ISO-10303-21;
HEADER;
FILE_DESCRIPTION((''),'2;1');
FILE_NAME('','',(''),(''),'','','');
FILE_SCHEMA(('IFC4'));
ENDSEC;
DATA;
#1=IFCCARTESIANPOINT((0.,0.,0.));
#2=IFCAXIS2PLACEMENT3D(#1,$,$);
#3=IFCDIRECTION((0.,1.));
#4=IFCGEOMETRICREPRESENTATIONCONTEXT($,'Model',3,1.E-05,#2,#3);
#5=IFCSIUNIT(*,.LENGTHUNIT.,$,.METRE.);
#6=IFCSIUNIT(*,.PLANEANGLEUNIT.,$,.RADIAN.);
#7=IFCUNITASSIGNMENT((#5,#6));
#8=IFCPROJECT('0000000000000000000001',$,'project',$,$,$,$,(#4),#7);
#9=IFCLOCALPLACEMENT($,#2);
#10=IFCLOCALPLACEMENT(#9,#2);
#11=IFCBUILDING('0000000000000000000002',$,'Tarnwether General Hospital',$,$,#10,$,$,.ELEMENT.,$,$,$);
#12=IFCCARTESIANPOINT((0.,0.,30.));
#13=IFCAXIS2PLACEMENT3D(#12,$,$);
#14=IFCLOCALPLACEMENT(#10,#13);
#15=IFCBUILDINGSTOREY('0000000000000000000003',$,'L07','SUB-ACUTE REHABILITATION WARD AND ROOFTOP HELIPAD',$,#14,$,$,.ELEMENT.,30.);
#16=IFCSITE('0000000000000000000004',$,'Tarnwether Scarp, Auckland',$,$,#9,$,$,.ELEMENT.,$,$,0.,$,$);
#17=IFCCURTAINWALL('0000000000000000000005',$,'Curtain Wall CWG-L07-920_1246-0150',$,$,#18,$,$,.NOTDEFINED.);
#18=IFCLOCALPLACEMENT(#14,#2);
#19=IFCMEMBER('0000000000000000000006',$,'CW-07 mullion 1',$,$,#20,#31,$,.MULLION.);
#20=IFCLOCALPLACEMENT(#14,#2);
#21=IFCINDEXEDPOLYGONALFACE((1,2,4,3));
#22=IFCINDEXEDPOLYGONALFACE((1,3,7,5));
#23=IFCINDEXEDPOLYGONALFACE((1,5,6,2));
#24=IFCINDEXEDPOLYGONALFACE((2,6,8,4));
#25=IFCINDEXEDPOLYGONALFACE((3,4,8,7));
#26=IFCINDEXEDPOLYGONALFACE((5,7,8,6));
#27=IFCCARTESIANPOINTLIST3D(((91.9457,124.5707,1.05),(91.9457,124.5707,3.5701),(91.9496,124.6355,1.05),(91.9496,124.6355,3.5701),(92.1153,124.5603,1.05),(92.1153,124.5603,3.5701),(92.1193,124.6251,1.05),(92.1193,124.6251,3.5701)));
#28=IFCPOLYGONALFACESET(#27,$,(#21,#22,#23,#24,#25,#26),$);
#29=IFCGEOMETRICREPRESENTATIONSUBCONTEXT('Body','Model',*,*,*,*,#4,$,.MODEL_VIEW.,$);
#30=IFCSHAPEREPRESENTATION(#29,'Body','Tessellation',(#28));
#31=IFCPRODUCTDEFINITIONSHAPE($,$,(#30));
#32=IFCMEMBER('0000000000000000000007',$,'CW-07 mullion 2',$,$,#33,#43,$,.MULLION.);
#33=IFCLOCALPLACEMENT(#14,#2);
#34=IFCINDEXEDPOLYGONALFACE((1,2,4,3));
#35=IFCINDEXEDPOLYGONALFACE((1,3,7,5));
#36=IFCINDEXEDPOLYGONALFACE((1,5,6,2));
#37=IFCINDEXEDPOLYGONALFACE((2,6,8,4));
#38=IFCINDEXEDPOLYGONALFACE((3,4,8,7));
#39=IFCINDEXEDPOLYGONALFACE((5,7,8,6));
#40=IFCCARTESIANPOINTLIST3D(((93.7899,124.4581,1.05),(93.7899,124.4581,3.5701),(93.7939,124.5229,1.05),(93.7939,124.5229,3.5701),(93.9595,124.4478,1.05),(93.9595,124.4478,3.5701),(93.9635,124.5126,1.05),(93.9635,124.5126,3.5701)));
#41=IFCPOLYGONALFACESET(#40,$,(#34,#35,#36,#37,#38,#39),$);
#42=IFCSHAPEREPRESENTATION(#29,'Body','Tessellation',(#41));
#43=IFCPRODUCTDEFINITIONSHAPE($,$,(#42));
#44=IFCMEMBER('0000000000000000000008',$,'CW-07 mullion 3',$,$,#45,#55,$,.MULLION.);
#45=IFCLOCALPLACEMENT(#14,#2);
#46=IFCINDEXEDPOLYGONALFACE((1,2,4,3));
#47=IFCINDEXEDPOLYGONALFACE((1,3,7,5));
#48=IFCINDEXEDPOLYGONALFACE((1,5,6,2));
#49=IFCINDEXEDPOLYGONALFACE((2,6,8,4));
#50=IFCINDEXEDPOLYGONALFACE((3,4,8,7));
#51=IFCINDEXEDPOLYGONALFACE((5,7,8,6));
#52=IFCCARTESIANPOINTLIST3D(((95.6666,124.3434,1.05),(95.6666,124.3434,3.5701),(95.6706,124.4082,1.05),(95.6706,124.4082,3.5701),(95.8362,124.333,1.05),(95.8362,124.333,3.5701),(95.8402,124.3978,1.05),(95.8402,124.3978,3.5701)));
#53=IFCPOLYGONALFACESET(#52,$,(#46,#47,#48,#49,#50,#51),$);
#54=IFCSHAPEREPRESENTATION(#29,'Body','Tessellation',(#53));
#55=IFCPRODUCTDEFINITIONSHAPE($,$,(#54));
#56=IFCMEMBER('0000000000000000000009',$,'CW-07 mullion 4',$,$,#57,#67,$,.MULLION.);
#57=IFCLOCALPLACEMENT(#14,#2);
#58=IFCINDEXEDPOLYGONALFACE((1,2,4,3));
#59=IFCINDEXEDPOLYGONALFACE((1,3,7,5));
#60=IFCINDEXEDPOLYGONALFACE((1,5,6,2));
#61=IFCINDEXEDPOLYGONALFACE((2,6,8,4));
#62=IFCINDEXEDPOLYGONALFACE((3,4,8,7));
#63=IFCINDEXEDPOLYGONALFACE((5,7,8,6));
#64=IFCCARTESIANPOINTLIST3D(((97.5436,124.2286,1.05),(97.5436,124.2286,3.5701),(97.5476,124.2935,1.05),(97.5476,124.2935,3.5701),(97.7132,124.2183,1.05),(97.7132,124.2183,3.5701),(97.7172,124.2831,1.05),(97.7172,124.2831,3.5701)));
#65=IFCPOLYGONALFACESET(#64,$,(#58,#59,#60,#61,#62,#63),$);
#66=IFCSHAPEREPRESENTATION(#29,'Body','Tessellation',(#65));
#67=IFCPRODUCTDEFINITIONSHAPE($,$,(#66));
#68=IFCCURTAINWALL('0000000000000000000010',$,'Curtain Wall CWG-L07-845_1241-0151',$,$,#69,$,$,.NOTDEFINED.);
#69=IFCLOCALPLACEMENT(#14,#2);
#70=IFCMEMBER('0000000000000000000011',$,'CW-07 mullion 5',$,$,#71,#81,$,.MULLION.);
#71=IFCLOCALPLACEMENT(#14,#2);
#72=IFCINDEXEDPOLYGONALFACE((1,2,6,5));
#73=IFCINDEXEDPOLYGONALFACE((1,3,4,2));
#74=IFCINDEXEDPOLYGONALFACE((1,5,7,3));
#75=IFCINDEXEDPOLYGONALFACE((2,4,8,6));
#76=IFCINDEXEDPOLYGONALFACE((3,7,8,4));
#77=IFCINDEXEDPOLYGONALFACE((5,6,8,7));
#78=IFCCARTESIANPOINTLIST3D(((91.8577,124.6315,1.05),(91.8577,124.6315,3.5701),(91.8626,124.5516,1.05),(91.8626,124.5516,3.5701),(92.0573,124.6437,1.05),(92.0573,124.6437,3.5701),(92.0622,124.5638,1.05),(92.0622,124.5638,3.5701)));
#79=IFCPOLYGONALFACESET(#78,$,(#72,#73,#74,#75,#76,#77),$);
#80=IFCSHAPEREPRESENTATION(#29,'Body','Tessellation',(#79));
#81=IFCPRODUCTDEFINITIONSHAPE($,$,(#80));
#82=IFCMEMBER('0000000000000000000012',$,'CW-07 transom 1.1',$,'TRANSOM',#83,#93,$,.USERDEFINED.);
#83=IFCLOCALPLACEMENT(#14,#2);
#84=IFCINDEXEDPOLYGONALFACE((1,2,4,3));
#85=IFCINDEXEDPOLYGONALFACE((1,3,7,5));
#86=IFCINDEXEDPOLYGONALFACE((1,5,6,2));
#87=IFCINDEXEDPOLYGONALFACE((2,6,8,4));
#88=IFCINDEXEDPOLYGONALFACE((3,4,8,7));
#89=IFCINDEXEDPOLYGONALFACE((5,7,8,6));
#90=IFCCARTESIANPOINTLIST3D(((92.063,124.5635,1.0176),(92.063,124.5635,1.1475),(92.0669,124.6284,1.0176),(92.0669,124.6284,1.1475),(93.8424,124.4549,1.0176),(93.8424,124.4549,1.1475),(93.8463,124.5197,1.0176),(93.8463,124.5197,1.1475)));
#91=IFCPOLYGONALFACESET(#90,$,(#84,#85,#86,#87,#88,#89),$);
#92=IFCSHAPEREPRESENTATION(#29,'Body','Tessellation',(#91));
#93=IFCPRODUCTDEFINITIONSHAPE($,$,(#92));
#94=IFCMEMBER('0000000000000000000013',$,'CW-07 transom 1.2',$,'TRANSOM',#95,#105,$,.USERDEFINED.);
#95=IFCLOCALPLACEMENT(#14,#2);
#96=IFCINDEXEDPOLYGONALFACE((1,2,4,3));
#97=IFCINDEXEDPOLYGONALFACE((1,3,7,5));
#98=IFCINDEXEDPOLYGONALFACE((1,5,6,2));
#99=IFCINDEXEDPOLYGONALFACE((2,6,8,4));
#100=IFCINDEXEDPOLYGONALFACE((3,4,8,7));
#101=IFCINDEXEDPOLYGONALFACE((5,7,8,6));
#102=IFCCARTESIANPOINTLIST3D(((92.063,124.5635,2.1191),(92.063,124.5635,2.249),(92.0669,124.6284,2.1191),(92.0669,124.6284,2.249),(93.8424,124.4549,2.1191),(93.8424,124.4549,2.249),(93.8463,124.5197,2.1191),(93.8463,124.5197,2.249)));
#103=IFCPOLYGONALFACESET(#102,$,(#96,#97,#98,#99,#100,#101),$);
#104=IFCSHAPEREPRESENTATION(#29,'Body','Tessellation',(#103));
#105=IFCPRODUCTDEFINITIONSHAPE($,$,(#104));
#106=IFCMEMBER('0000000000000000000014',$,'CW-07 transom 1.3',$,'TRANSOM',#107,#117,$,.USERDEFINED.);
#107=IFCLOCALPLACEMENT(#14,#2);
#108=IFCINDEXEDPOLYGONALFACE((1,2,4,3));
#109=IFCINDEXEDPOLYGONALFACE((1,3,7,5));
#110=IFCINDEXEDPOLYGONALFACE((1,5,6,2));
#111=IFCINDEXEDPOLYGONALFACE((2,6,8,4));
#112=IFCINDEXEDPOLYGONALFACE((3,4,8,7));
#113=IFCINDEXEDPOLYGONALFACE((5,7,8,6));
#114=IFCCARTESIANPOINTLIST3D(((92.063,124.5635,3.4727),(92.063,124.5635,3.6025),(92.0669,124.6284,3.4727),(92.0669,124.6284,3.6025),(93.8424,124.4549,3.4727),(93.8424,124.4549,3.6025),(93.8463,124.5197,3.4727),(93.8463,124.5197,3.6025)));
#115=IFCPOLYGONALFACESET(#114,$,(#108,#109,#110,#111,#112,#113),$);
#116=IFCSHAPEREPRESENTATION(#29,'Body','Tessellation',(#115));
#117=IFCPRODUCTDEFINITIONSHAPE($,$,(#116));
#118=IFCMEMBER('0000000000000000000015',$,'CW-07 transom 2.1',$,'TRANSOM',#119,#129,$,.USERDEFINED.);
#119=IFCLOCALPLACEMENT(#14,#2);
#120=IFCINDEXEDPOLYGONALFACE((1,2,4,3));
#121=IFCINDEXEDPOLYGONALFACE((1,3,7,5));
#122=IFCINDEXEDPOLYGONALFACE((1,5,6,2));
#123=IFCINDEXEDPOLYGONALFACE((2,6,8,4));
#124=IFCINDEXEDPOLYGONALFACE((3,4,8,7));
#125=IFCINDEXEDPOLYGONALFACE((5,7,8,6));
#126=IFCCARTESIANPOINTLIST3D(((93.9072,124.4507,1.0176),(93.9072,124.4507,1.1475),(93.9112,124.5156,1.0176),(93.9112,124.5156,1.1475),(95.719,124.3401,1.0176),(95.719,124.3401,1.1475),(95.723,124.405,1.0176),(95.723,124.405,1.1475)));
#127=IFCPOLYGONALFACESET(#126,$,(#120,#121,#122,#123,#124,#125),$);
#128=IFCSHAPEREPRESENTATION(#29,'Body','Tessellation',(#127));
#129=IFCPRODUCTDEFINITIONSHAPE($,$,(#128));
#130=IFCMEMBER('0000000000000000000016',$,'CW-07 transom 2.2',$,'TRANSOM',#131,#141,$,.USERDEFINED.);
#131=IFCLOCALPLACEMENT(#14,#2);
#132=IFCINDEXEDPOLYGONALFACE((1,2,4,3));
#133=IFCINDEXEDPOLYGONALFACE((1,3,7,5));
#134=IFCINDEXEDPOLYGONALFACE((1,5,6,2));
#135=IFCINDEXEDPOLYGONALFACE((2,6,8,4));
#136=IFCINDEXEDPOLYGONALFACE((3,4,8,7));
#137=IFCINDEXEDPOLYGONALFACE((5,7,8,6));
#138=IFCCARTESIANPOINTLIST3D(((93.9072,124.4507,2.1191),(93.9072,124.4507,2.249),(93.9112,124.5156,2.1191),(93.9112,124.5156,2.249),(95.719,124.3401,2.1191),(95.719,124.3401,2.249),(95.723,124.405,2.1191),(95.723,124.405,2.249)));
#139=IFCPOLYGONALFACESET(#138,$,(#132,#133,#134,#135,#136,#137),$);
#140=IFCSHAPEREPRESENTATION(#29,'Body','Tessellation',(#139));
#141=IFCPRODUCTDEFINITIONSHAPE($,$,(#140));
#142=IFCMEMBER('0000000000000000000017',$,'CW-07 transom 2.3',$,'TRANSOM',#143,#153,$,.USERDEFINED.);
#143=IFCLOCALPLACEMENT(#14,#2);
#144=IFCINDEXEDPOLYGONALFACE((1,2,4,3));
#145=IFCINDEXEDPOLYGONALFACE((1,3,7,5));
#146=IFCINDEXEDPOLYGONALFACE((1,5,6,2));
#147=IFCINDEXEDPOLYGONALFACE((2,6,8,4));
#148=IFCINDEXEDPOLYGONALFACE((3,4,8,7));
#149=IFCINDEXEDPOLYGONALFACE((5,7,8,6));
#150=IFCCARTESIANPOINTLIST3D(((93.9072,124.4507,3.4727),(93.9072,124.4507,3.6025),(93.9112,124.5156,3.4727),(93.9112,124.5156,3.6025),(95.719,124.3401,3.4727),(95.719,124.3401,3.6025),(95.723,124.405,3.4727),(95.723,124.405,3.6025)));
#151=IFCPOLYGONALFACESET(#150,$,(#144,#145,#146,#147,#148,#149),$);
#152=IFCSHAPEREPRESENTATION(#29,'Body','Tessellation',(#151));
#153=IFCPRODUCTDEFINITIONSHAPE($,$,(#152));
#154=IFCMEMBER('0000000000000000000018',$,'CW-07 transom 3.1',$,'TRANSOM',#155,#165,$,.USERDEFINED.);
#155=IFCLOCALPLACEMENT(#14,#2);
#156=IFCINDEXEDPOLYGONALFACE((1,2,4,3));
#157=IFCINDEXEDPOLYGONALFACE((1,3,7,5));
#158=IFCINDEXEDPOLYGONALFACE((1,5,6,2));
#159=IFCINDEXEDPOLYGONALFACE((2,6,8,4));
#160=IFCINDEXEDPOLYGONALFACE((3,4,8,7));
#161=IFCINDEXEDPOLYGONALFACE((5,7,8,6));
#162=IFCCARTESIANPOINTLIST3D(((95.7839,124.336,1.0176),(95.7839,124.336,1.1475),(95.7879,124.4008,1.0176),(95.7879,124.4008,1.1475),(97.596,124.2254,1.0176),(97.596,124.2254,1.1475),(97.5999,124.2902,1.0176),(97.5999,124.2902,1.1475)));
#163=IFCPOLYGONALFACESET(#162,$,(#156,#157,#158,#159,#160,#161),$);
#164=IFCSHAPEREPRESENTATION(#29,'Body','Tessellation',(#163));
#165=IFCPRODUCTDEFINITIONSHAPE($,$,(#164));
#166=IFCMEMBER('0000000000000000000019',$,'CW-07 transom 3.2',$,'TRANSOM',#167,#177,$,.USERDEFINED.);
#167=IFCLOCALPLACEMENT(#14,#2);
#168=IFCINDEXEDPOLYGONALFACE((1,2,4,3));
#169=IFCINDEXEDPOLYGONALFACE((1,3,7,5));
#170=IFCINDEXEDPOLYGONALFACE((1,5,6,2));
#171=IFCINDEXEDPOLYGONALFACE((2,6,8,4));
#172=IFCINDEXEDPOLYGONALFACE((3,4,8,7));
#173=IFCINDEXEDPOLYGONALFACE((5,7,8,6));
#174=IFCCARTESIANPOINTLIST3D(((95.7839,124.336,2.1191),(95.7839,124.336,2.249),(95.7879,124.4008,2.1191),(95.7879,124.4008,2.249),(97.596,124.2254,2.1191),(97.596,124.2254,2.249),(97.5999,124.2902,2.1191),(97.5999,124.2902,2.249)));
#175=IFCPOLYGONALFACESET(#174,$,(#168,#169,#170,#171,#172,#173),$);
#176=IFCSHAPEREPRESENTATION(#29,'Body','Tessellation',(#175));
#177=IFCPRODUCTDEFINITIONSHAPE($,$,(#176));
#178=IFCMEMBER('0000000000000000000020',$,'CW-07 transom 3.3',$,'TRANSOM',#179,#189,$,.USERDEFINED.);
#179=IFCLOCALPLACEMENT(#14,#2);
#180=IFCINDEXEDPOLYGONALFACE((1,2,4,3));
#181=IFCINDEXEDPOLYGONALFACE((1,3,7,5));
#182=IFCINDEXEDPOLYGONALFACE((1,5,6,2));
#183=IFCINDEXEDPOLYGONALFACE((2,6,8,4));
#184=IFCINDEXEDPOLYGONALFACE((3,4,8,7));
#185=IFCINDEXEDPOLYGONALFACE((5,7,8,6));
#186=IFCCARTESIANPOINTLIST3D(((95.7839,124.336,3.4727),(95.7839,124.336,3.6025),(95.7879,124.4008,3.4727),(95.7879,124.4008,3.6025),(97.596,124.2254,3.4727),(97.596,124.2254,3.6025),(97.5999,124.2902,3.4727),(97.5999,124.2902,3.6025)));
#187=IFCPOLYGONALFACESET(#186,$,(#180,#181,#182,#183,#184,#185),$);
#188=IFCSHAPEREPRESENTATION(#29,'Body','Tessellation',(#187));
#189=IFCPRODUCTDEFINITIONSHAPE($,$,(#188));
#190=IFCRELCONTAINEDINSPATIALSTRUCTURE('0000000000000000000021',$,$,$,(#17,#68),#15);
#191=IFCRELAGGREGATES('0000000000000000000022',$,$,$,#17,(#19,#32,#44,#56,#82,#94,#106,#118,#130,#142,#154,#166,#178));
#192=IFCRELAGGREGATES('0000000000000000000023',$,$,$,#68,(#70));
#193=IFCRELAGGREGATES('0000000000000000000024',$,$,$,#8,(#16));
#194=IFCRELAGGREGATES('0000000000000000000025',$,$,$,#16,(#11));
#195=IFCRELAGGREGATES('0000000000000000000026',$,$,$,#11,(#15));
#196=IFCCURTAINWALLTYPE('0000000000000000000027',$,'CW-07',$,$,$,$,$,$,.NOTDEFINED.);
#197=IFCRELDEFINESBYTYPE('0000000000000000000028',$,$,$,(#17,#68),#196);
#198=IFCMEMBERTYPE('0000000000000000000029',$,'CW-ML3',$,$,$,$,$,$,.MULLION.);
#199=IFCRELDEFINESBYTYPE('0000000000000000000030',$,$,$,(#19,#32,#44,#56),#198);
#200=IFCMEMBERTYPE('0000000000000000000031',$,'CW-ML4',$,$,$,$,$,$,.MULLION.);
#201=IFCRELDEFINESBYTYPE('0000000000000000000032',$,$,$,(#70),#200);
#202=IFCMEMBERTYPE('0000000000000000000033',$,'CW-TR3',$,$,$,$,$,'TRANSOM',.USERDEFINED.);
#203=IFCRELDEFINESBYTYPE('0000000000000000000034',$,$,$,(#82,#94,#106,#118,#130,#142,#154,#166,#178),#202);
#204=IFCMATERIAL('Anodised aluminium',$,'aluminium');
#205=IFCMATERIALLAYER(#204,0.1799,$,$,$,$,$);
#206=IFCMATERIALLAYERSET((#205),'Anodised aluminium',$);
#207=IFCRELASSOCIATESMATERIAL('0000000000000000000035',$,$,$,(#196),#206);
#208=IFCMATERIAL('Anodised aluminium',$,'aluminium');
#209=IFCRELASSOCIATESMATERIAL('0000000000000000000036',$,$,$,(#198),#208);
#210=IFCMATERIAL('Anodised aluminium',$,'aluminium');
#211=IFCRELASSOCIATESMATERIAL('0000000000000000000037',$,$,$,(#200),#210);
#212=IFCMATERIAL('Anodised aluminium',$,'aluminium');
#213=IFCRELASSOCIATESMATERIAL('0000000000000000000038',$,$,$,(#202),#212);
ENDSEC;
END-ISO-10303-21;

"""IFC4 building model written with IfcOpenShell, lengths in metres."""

from ifc_helpers import new_model, si_unit, direction, frame, origin, origin_2d, place, context, subcontext, project, spatial, rectangle, extrude, material, layer, layer_set, material_profile, profile_set, type_object, element, aggregate, save


model = new_model("IFC4")

# Units and contexts
model_context = context("Model", 3, precision=1e-05, world=origin(), true_north=direction((0.0, 1.0)))
body_context = subcontext(model_context, "Body", "Model", "MODEL_VIEW")
ifc_project = project(units=[si_unit("LENGTHUNIT", "METRE"), si_unit("PLANEANGLEUNIT", "RADIAN")], contexts=[model_context])

# Site, building, storey
site_placement = place(None, origin())
site = spatial("IfcSite", under=ifc_project, at=site_placement, Name="Tarnwether Scarp, Auckland", CompositionType="ELEMENT", RefElevation=0.0)
building_placement = place(site_placement, origin())
building = spatial("IfcBuilding", under=site, at=building_placement, Name="Tarnwether General Hospital", CompositionType="ELEMENT")
storey_placement = place(building_placement, frame((0.0, 0.0, 30.0)))
storey = spatial("IfcBuildingStorey", under=building, at=storey_placement, Name="L07", Description="SUB-ACUTE REHABILITATION WARD AND ROOFTOP HELIPAD", CompositionType="ELEMENT", Elevation=30.0)

# Curtain wall, members
ifc_material_1 = material(Name="Anodised aluminium", Category="aluminium")
ifc_layer_1 = layer(ifc_material_1, 0.1799)
ifc_layer_set_1 = layer_set([ifc_layer_1], Name="Anodised aluminium")
curtain_wall_type = type_object("IfcCurtainWallType", Name="CW-07", PredefinedType="NOTDEFINED", material=ifc_layer_set_1)
curtain_wall_1_placement = place(storey_placement, origin())
curtain_wall_1 = element("IfcCurtainWall", 1, at=curtain_wall_1_placement, inside=storey, type_object=curtain_wall_type, Name="Curtain Wall CWG-L07-920_1246-0150", PredefinedType="NOTDEFINED")
ifc_material_2 = material(Name="Anodised aluminium", Category="aluminium")
ifc_material_profile_1 = material_profile(ifc_material_2, rectangle(XDim=0.0649, YDim=0.1699, at=origin_2d()), Name="ALU-MUL-65x170")
ifc_profile_set_1 = profile_set([ifc_material_profile_1], Name="Anodised aluminium")
member_type_1 = type_object("IfcMemberType", Name="CW-ML3", PredefinedType="MULLION", material=ifc_profile_set_1)
member_1_placement = place(storey_placement, frame((92.0325, 124.5979, 1.05), z_axis=(0.0, 0.0, 1.0), x_axis=(0.061029, 0.998136, 0.0)))
member_1 = element("IfcMember", 2, at=member_1_placement, type_object=member_type_1, Name="CW-07 mullion 1", PredefinedType="MULLION", context=body_context, shape_type="SweptSolid", body=[
    extrude(rectangle(XDim=0.0649, YDim=0.1699, at=origin_2d()), origin(), (0.0, 0.0, 1.0), 2.52),
])
member_2_placement = place(storey_placement, frame((93.8767, 124.4854, 1.05), z_axis=(0.0, 0.0, 1.0), x_axis=(0.061029, 0.998136, 0.0)))
member_2 = element("IfcMember", 3, at=member_2_placement, type_object=member_type_1, Name="CW-07 mullion 2", PredefinedType="MULLION", context=body_context, shape_type="SweptSolid", body=[
    extrude(rectangle(XDim=0.0649, YDim=0.1699, at=origin_2d()), origin(), (0.0, 0.0, 1.0), 2.52),
])
member_3_placement = place(storey_placement, frame((95.7534, 124.3706, 1.05), z_axis=(0.0, 0.0, 1.0), x_axis=(0.061029, 0.998136, 0.0)))
member_3 = element("IfcMember", 4, at=member_3_placement, type_object=member_type_1, Name="CW-07 mullion 3", PredefinedType="MULLION", context=body_context, shape_type="SweptSolid", body=[
    extrude(rectangle(XDim=0.0649, YDim=0.1699, at=origin_2d()), origin(), (0.0, 0.0, 1.0), 2.52),
])
member_4_placement = place(storey_placement, frame((97.6304, 124.2559, 1.05), z_axis=(0.0, 0.0, 1.0), x_axis=(0.061029, 0.998136, 0.0)))
member_4 = element("IfcMember", 5, at=member_4_placement, type_object=member_type_1, Name="CW-07 mullion 4", PredefinedType="MULLION", context=body_context, shape_type="SweptSolid", body=[
    extrude(rectangle(XDim=0.0649, YDim=0.1699, at=origin_2d()), origin(), (0.0, 0.0, 1.0), 2.52),
])

# Curtain wall, member
curtain_wall_2_placement = place(storey_placement, origin())
curtain_wall_2 = element("IfcCurtainWall", 6, at=curtain_wall_2_placement, inside=storey, type_object=curtain_wall_type, Name="Curtain Wall CWG-L07-845_1241-0151", PredefinedType="NOTDEFINED")
ifc_material_3 = material(Name="Anodised aluminium", Category="aluminium")
ifc_material_profile_2 = material_profile(ifc_material_3, rectangle(XDim=0.0801, YDim=0.2, at=origin_2d()), Name="ALU-MUL-80x200")
ifc_profile_set_2 = profile_set([ifc_material_profile_2], Name="Anodised aluminium")
member_type_2 = type_object("IfcMemberType", Name="CW-ML4", PredefinedType="MULLION", material=ifc_profile_set_2)
member_5_placement = place(storey_placement, frame((91.96, 124.5977, 1.05), z_axis=(0.0, 0.0, 1.0), x_axis=(-0.061029, 0.998136, 0.0)))
member_5 = element("IfcMember", 7, at=member_5_placement, type_object=member_type_2, Name="CW-07 mullion 5", PredefinedType="MULLION", context=body_context, shape_type="SweptSolid", body=[
    extrude(rectangle(XDim=0.0801, YDim=0.2, at=origin_2d()), origin(), (0.0, 0.0, 1.0), 2.52),
])

# Members
ifc_material_4 = material(Name="Anodised aluminium", Category="aluminium")
ifc_material_profile_3 = material_profile(ifc_material_4, rectangle(XDim=0.0649, YDim=0.1299, at=origin_2d()), Name="ALU-TRN-65x130")
ifc_profile_set_3 = profile_set([ifc_material_profile_3], Name="Anodised aluminium")
member_type_3 = type_object("IfcMemberType", Name="CW-TR3", ElementType="TRANSOM", PredefinedType="USERDEFINED", material=ifc_profile_set_3)
member_6_placement = place(storey_placement, frame((92.0649, 124.5959, 1.0825), z_axis=(0.998141, -0.060946, 0.0), x_axis=(0.060946, 0.998141, 0.0)))
member_6 = element("IfcMember", 8, at=member_6_placement, type_object=member_type_3, Name="CW-07 transom 1.1", ObjectType="TRANSOM", PredefinedType="USERDEFINED", context=body_context, shape_type="SweptSolid", body=[
    extrude(rectangle(XDim=0.0649, YDim=0.1299, at=origin_2d()), origin(), (0.0, 0.0, 1.0), 1.7827),
])
member_7_placement = place(storey_placement, frame((92.0649, 124.5959, 2.1841), z_axis=(0.998141, -0.060946, 0.0), x_axis=(0.060946, 0.998141, 0.0)))
member_7 = element("IfcMember", 9, at=member_7_placement, type_object=member_type_3, Name="CW-07 transom 1.2", ObjectType="TRANSOM", PredefinedType="USERDEFINED", context=body_context, shape_type="SweptSolid", body=[
    extrude(rectangle(XDim=0.0649, YDim=0.1299, at=origin_2d()), origin(), (0.0, 0.0, 1.0), 1.7827),
])
member_8_placement = place(storey_placement, frame((92.0649, 124.5959, 3.5376), z_axis=(0.998141, -0.060946, 0.0), x_axis=(0.060946, 0.998141, 0.0)))
member_8 = element("IfcMember", 10, at=member_8_placement, type_object=member_type_3, Name="CW-07 transom 1.3", ObjectType="TRANSOM", PredefinedType="USERDEFINED", context=body_context, shape_type="SweptSolid", body=[
    extrude(rectangle(XDim=0.0649, YDim=0.1299, at=origin_2d()), origin(), (0.0, 0.0, 1.0), 1.7827),
])
member_9_placement = place(storey_placement, frame((93.9092, 124.4832, 1.0825), z_axis=(0.998142, -0.06093, 0.0), x_axis=(0.06093, 0.998142, 0.0)))
member_9 = element("IfcMember", 11, at=member_9_placement, type_object=member_type_3, Name="CW-07 transom 2.1", ObjectType="TRANSOM", PredefinedType="USERDEFINED", context=body_context, shape_type="SweptSolid", body=[
    extrude(rectangle(XDim=0.0649, YDim=0.1299, at=origin_2d()), origin(), (0.0, 0.0, 1.0), 1.8152),
])
member_10_placement = place(storey_placement, frame((93.9092, 124.4832, 2.1841), z_axis=(0.998142, -0.06093, 0.0), x_axis=(0.06093, 0.998142, 0.0)))
member_10 = element("IfcMember", 12, at=member_10_placement, type_object=member_type_3, Name="CW-07 transom 2.2", ObjectType="TRANSOM", PredefinedType="USERDEFINED", context=body_context, shape_type="SweptSolid", body=[
    extrude(rectangle(XDim=0.0649, YDim=0.1299, at=origin_2d()), origin(), (0.0, 0.0, 1.0), 1.8152),
])
member_11_placement = place(storey_placement, frame((93.9092, 124.4832, 3.5376), z_axis=(0.998142, -0.06093, 0.0), x_axis=(0.06093, 0.998142, 0.0)))
member_11 = element("IfcMember", 13, at=member_11_placement, type_object=member_type_3, Name="CW-07 transom 2.3", ObjectType="TRANSOM", PredefinedType="USERDEFINED", context=body_context, shape_type="SweptSolid", body=[
    extrude(rectangle(XDim=0.0649, YDim=0.1299, at=origin_2d()), origin(), (0.0, 0.0, 1.0), 1.8152),
])
member_12_placement = place(storey_placement, frame((95.7859, 124.3684, 1.0825), z_axis=(0.998143, -0.060921, 0.0), x_axis=(0.060921, 0.998143, 0.0)))
member_12 = element("IfcMember", 14, at=member_12_placement, type_object=member_type_3, Name="CW-07 transom 3.1", ObjectType="TRANSOM", PredefinedType="USERDEFINED", context=body_context, shape_type="SweptSolid", body=[
    extrude(rectangle(XDim=0.0649, YDim=0.1299, at=origin_2d()), origin(), (0.0, 0.0, 1.0), 1.8154),
])
member_13_placement = place(storey_placement, frame((95.7859, 124.3684, 2.1841), z_axis=(0.998143, -0.060921, 0.0), x_axis=(0.060921, 0.998143, 0.0)))
member_13 = element("IfcMember", 15, at=member_13_placement, type_object=member_type_3, Name="CW-07 transom 3.2", ObjectType="TRANSOM", PredefinedType="USERDEFINED", context=body_context, shape_type="SweptSolid", body=[
    extrude(rectangle(XDim=0.0649, YDim=0.1299, at=origin_2d()), origin(), (0.0, 0.0, 1.0), 1.8154),
])
member_14_placement = place(storey_placement, frame((95.7859, 124.3684, 3.5376), z_axis=(0.998143, -0.060921, 0.0), x_axis=(0.060921, 0.998143, 0.0)))
member_14 = element("IfcMember", 16, at=member_14_placement, type_object=member_type_3, Name="CW-07 transom 3.3", ObjectType="TRANSOM", PredefinedType="USERDEFINED", context=body_context, shape_type="SweptSolid", body=[
    extrude(rectangle(XDim=0.0649, YDim=0.1299, at=origin_2d()), origin(), (0.0, 0.0, 1.0), 1.8154),
])

aggregate(curtain_wall_1, [member_1, member_2, member_3, member_4, member_6, member_7, member_8, member_9, member_10, member_11, member_12, member_13, member_14])
aggregate(curtain_wall_2, [member_5])

save(model, "model.ifc")
